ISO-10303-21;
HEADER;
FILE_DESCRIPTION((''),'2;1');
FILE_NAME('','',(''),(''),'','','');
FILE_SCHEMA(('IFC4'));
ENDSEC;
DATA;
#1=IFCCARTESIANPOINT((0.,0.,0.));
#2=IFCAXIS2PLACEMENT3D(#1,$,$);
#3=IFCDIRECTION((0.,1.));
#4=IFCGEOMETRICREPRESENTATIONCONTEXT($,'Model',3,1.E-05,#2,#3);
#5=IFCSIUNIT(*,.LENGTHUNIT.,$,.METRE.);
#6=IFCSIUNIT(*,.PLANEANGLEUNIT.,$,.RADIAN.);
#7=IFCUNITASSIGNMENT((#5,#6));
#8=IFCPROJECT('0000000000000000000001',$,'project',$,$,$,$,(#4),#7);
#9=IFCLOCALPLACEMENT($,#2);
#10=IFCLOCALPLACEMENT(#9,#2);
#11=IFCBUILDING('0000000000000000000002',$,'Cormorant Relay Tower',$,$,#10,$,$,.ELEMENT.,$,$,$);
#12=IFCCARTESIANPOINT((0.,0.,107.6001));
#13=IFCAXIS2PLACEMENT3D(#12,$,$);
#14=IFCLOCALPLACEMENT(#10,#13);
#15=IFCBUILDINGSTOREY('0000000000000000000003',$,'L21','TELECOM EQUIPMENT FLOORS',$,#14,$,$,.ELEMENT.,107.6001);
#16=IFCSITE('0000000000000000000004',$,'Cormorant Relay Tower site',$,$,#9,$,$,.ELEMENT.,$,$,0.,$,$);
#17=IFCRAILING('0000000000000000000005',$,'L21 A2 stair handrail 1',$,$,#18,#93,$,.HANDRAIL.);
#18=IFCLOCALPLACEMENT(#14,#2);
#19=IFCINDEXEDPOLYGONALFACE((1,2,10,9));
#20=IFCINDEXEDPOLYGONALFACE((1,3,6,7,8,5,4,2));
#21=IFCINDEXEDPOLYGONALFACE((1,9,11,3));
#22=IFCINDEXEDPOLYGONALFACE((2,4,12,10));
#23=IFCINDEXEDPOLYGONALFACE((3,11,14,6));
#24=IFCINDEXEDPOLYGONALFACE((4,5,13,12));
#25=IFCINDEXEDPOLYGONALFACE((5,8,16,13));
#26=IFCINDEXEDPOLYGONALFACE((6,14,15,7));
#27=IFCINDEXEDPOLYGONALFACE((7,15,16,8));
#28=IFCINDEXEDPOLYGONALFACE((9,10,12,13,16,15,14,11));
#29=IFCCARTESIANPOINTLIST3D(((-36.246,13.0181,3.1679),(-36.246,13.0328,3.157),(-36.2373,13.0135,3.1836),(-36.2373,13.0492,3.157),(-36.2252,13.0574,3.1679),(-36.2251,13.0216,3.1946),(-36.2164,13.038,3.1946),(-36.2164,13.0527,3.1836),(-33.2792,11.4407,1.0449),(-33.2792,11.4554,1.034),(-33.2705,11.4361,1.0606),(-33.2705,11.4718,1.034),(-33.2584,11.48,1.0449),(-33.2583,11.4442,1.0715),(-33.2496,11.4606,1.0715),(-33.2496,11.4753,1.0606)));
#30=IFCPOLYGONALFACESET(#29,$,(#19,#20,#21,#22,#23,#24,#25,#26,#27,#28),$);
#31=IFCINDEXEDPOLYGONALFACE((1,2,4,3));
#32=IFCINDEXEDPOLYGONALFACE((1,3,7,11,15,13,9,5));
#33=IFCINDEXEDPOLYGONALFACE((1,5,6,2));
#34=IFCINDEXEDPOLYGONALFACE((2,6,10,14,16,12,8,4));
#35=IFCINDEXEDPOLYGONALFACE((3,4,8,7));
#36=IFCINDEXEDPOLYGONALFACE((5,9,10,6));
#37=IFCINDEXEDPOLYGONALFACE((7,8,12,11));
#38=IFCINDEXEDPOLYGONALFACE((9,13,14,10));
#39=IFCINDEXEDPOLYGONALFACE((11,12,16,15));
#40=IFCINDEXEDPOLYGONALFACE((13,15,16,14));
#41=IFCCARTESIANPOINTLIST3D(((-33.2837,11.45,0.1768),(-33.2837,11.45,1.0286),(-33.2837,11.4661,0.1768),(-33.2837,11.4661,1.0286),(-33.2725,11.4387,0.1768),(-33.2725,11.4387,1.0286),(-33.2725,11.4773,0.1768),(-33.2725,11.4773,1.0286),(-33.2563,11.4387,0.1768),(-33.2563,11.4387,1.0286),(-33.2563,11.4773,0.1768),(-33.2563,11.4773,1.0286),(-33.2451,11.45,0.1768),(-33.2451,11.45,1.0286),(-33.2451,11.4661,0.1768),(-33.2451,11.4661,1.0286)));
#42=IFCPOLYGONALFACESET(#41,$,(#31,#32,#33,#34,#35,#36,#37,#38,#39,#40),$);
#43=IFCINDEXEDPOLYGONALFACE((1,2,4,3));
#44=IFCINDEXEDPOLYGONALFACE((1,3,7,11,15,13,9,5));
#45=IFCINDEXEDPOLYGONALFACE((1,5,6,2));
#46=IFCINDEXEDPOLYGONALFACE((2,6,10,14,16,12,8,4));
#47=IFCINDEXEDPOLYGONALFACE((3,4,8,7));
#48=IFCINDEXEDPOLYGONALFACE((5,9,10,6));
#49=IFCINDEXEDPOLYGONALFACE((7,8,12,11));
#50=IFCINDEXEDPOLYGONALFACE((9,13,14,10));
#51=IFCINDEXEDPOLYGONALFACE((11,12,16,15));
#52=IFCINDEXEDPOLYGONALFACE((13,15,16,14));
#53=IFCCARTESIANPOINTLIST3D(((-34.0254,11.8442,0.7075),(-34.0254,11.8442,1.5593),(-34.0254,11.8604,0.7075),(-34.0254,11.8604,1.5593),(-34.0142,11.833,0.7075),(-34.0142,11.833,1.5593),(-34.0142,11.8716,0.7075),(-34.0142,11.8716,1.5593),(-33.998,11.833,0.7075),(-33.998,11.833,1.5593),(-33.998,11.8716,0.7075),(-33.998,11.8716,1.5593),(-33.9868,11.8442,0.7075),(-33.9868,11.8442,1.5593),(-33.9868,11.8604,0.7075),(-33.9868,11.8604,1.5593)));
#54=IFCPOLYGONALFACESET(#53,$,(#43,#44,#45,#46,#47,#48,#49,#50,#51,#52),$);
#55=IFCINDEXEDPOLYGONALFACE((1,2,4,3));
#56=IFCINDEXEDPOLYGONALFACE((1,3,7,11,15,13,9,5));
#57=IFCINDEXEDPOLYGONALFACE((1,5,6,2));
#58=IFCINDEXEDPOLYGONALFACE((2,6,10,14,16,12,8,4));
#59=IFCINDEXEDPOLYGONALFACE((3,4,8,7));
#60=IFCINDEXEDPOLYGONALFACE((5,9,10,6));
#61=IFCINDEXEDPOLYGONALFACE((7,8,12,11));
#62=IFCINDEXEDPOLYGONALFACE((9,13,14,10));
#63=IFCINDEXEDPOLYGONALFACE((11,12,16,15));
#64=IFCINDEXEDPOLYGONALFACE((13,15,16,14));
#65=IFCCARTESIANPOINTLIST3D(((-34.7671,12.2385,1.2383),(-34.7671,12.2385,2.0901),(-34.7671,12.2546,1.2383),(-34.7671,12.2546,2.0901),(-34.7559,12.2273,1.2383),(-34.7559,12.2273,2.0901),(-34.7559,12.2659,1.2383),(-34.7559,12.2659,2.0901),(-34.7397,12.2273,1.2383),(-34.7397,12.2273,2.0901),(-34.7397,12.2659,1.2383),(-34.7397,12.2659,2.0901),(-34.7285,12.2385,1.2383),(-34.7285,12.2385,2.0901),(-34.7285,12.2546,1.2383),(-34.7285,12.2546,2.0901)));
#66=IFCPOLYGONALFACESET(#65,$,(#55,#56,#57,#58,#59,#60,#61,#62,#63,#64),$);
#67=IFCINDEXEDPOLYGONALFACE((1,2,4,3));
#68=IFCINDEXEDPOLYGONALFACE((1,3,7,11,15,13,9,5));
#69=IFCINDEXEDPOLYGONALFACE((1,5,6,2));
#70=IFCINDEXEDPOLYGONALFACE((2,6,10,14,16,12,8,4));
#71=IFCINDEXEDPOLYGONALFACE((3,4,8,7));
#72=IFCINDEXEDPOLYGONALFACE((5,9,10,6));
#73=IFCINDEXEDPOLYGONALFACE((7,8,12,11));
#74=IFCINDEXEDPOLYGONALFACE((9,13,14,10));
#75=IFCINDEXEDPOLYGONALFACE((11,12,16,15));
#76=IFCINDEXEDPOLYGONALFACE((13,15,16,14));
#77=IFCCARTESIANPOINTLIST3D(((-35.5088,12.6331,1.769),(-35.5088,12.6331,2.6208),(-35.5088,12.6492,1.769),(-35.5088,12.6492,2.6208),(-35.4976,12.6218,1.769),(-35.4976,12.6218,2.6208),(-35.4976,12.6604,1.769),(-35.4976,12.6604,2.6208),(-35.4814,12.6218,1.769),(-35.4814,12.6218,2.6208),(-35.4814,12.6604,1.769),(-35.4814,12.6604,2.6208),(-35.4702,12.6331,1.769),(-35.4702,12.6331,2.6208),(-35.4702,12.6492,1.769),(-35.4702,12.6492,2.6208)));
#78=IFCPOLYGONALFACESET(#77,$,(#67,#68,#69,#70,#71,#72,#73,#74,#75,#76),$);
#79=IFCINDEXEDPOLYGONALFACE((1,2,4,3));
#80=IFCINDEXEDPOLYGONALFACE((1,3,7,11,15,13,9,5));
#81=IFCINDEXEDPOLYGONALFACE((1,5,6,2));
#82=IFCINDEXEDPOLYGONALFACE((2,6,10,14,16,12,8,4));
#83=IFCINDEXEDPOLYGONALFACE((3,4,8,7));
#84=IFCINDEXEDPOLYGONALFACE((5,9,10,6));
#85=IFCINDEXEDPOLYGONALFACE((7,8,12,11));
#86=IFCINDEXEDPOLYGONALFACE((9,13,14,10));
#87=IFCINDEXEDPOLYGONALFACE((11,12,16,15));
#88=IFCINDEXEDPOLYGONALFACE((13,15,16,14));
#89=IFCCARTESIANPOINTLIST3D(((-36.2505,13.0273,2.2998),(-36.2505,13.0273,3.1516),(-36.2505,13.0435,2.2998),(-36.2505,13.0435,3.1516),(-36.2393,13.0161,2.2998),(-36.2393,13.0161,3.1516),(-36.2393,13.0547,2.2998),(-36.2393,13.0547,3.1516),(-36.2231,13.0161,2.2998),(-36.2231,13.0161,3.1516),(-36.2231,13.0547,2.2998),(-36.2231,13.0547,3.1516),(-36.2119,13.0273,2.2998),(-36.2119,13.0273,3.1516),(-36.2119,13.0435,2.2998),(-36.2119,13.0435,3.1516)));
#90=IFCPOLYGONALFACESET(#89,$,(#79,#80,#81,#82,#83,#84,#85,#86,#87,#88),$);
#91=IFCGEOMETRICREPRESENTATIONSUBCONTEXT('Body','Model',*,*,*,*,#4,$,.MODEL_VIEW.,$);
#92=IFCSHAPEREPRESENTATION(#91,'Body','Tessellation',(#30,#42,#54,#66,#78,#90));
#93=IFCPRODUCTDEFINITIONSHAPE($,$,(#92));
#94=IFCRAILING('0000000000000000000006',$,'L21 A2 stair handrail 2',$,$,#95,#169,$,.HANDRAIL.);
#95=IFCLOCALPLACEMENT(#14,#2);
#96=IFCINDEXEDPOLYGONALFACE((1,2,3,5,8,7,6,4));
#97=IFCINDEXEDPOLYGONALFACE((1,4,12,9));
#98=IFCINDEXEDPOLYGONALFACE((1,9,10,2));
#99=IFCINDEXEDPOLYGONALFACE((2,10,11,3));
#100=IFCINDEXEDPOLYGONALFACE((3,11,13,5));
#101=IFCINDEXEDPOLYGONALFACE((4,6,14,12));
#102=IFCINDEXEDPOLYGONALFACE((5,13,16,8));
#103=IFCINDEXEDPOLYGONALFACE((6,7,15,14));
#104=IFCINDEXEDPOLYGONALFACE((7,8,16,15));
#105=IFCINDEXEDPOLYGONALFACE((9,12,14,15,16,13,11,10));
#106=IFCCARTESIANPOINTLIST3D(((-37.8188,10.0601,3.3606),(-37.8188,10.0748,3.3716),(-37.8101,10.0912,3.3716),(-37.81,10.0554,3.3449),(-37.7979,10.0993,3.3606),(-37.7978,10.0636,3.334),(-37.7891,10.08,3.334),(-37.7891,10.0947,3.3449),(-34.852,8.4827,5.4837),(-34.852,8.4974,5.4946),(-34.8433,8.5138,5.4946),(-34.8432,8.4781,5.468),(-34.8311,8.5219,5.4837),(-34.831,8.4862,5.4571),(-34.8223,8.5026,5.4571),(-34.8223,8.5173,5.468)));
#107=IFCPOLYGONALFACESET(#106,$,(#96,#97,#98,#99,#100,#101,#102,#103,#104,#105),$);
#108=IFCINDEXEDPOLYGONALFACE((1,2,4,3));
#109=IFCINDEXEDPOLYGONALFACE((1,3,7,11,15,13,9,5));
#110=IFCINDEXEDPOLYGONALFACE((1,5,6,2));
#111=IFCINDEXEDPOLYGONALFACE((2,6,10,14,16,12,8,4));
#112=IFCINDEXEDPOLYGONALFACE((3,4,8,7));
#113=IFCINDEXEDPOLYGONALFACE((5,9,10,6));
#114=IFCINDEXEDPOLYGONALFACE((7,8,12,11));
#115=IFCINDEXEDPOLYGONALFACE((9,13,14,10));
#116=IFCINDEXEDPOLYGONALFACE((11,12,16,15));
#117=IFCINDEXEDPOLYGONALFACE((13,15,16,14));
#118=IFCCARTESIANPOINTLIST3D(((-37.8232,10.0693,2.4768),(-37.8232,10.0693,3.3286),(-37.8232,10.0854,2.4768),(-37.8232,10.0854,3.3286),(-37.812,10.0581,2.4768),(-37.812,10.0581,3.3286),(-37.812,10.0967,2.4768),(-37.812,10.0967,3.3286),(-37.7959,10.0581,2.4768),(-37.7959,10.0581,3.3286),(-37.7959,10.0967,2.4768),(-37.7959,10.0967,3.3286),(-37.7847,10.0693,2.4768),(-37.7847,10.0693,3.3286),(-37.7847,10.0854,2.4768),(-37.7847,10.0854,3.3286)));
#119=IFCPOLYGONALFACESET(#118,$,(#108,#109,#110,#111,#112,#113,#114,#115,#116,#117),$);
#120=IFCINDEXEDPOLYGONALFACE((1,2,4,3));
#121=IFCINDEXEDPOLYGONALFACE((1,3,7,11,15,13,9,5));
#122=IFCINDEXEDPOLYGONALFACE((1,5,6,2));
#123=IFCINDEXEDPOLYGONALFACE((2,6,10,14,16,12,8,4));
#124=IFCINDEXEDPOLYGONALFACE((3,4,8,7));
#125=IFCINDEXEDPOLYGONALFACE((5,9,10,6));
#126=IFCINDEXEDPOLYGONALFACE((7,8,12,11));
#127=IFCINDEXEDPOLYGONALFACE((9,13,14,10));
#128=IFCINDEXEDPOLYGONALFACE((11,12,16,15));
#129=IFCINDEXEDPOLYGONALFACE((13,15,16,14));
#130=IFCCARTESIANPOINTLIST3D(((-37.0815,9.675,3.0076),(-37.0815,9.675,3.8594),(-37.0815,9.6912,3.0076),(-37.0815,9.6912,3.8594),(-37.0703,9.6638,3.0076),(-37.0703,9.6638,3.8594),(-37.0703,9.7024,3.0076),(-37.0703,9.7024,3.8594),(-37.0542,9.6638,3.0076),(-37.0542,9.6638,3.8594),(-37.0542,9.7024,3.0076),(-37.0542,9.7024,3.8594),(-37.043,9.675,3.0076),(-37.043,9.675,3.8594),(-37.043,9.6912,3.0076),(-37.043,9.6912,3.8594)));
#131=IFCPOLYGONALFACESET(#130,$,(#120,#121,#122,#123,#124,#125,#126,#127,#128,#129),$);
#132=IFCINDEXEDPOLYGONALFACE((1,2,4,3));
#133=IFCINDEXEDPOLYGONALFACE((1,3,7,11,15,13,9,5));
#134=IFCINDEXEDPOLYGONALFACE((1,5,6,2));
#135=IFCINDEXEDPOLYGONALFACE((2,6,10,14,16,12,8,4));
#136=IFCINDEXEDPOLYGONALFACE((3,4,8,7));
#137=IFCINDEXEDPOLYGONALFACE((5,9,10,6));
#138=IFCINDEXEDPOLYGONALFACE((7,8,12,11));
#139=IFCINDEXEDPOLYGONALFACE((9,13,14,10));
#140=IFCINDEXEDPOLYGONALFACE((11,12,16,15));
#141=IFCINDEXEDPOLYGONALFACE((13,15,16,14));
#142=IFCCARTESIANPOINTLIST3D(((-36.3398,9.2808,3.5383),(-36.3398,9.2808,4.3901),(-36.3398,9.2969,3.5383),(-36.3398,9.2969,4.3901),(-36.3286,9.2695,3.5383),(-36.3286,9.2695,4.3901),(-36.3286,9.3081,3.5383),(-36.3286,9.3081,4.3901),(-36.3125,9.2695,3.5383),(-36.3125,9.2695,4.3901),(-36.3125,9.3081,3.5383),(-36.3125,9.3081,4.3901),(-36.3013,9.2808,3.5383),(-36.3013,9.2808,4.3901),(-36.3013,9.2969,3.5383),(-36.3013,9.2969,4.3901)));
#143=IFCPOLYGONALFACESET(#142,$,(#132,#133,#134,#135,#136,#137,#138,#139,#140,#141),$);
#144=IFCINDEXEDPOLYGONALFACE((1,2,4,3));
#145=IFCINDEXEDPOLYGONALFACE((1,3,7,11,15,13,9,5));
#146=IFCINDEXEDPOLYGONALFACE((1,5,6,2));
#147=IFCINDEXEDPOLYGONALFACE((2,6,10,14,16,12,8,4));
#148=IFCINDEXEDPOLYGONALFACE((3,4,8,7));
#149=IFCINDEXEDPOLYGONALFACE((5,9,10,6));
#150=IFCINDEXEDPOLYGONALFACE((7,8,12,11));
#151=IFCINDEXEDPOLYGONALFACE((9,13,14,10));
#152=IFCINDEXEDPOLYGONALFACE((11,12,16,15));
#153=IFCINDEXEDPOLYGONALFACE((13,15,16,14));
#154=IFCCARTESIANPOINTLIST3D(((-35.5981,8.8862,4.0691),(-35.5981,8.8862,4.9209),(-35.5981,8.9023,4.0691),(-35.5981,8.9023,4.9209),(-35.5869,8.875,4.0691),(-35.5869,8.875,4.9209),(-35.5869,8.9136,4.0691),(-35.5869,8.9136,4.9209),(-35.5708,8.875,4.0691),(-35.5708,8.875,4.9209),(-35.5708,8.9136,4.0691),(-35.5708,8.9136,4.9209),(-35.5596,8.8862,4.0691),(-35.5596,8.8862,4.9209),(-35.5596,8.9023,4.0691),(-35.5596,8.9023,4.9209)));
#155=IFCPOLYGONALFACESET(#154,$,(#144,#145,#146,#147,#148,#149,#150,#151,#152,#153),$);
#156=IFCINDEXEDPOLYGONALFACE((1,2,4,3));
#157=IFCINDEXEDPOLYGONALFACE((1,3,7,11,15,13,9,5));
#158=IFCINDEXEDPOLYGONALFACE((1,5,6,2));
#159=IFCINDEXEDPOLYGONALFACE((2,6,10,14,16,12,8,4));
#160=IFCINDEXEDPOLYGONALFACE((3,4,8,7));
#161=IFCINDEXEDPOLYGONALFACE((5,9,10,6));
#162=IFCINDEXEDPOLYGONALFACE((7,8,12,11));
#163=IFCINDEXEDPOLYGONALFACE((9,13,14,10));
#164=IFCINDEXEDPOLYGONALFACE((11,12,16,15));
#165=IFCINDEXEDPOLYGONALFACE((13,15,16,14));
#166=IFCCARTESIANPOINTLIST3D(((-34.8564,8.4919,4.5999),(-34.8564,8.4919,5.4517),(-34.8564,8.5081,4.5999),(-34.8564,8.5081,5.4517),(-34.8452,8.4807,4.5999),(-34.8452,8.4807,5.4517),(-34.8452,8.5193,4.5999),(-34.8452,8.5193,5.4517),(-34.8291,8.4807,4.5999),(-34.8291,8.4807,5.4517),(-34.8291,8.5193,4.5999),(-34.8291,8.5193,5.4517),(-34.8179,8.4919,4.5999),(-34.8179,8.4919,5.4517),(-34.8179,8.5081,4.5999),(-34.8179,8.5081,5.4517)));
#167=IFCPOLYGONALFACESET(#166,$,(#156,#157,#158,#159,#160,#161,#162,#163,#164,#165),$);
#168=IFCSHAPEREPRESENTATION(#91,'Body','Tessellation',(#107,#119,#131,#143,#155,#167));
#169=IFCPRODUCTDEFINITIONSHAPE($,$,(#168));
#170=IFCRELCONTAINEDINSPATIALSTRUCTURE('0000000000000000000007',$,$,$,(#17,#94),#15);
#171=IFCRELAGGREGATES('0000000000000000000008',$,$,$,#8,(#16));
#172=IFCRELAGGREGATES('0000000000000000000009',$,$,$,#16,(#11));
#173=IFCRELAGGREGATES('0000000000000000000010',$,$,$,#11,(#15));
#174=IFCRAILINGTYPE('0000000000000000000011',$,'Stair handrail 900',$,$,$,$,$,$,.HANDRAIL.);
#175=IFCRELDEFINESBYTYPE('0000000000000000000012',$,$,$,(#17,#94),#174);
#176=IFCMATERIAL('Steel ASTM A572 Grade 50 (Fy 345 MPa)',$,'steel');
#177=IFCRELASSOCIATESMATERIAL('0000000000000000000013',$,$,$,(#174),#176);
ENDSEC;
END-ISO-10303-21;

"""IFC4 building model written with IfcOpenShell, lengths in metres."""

from ifc_helpers import new_model, si_unit, direction, frame, origin, place, context, subcontext, project, spatial, polyline, outline, extrude, material, type_object, element, save


model = new_model("IFC4")

# Units and contexts
model_context = context("Model", 3, precision=1e-05, world=origin(), true_north=direction((0.0, 1.0)))
body_context = subcontext(model_context, "Body", "Model", "MODEL_VIEW")
ifc_project = project(units=[si_unit("LENGTHUNIT", "METRE"), si_unit("PLANEANGLEUNIT", "RADIAN")], contexts=[model_context])

# Site, building, storey
site_placement = place(None, origin())
site = spatial("IfcSite", under=ifc_project, at=site_placement, Name="Cormorant Relay Tower site", CompositionType="ELEMENT", RefElevation=0.0)
building_placement = place(site_placement, origin())
building = spatial("IfcBuilding", under=site, at=building_placement, Name="Cormorant Relay Tower", CompositionType="ELEMENT")
storey_placement = place(building_placement, frame((0.0, 0.0, 107.6001)))
storey = spatial("IfcBuildingStorey", under=building, at=storey_placement, Name="L21", Description="TELECOM EQUIPMENT FLOORS", CompositionType="ELEMENT", Elevation=107.6001)

# Railings
ifc_material_1 = material(Name="Steel ASTM A572 Grade 50 (Fy 345 MPa)", Category="steel")
railing_type_1 = type_object("IfcRailingType", Name="Stair handrail 900", PredefinedType="HANDRAIL", material=ifc_material_1)
railing_1_placement = place(storey_placement, frame((-33.2644, 11.458, 0.1768)))
element("IfcRailing", 1, at=railing_1_placement, inside=storey, type_object=railing_type_1, Name="L21 A2 stair handrail 1", PredefinedType="HANDRAIL", context=body_context, shape_type="SweptSolid", body=[
    extrude(outline(polyline([(0.0222, 0.0093), (0.0093, 0.0222), (-0.0093, 0.0222), (-0.0222, 0.0093), (-0.0222, -0.0093), (-0.0093, -0.0222), (0.0093, -0.0222), (0.0222, -0.0093), (0.0222, 0.0093)])), frame((0.0, 0.0, 0.876), z_axis=(-0.746441, 0.396869, 0.534155), x_axis=(-0.469453, -0.882958, 0.0)), (0.0, 0.0, 1.0), 3.9746),
    extrude(outline(polyline([(0.0193, 0.0081), (0.0081, 0.0193), (-0.0081, 0.0193), (-0.0193, 0.0081), (-0.0193, -0.0081), (-0.0081, -0.0193), (0.0081, -0.0193), (0.0193, -0.0081), (0.0193, 0.0081)])), origin(), (0.0, 0.0, 1.0), 0.8518),
    extrude(outline(polyline([(0.0193, 0.0081), (0.0081, 0.0193), (-0.0081, 0.0193), (-0.0193, 0.0081), (-0.0193, -0.0081), (-0.0081, -0.0193), (0.0081, -0.0193), (0.0193, -0.0081), (0.0193, 0.0081)])), frame((-0.7417, 0.3943, 0.5308)), (0.0, 0.0, 1.0), 0.8518),
    extrude(outline(polyline([(0.0193, 0.0081), (0.0081, 0.0193), (-0.0081, 0.0193), (-0.0193, 0.0081), (-0.0193, -0.0081), (-0.0081, -0.0193), (0.0081, -0.0193), (0.0193, -0.0081), (0.0193, 0.0081)])), frame((-1.4834, 0.7886, 1.0615)), (0.0, 0.0, 1.0), 0.8518),
    extrude(outline(polyline([(0.0193, 0.0081), (0.0081, 0.0193), (-0.0081, 0.0193), (-0.0193, 0.0081), (-0.0193, -0.0081), (-0.0081, -0.0193), (0.0081, -0.0193), (0.0193, -0.0081), (0.0193, 0.0081)])), frame((-2.2251, 1.1831, 1.5923)), (0.0, 0.0, 1.0), 0.8518),
    extrude(outline(polyline([(0.0193, 0.0081), (0.0081, 0.0193), (-0.0081, 0.0193), (-0.0193, 0.0081), (-0.0193, -0.0081), (-0.0081, -0.0193), (0.0081, -0.0193), (0.0193, -0.0081), (0.0193, 0.0081)])), frame((-2.9668, 1.5774, 2.123)), (0.0, 0.0, 1.0), 0.8518),
])
railing_2_placement = place(storey_placement, frame((-37.804, 10.0774, 2.4768)))
element("IfcRailing", 2, at=railing_2_placement, inside=storey, type_object=railing_type_1, Name="L21 A2 stair handrail 2", PredefinedType="HANDRAIL", context=body_context, shape_type="SweptSolid", body=[
    extrude(outline(polyline([(0.0222, 0.0093), (0.0093, 0.0222), (-0.0093, 0.0222), (-0.0222, 0.0093), (-0.0222, -0.0093), (-0.0093, -0.0222), (0.0093, -0.0222), (0.0222, -0.0093), (0.0222, 0.0093)])), frame((0.0, 0.0, 0.876), z_axis=(0.746441, -0.396869, 0.534155), x_axis=(0.469453, 0.882958, 0.0)), (0.0, 0.0, 1.0), 3.9746),
    extrude(outline(polyline([(0.0193, 0.0081), (0.0081, 0.0193), (-0.0081, 0.0193), (-0.0193, 0.0081), (-0.0193, -0.0081), (-0.0081, -0.0193), (0.0081, -0.0193), (0.0193, -0.0081), (0.0193, 0.0081)])), origin(), (0.0, 0.0, 1.0), 0.8518),
    extrude(outline(polyline([(0.0193, 0.0081), (0.0081, 0.0193), (-0.0081, 0.0193), (-0.0193, 0.0081), (-0.0193, -0.0081), (-0.0081, -0.0193), (0.0081, -0.0193), (0.0193, -0.0081), (0.0193, 0.0081)])), frame((0.7417, -0.3943, 0.5308)), (0.0, 0.0, 1.0), 0.8518),
    extrude(outline(polyline([(0.0193, 0.0081), (0.0081, 0.0193), (-0.0081, 0.0193), (-0.0193, 0.0081), (-0.0193, -0.0081), (-0.0081, -0.0193), (0.0081, -0.0193), (0.0193, -0.0081), (0.0193, 0.0081)])), frame((1.4834, -0.7886, 1.0615)), (0.0, 0.0, 1.0), 0.8518),
    extrude(outline(polyline([(0.0193, 0.0081), (0.0081, 0.0193), (-0.0081, 0.0193), (-0.0193, 0.0081), (-0.0193, -0.0081), (-0.0081, -0.0193), (0.0081, -0.0193), (0.0193, -0.0081), (0.0193, 0.0081)])), frame((2.2251, -1.1831, 1.5923)), (0.0, 0.0, 1.0), 0.8518),
    extrude(outline(polyline([(0.0193, 0.0081), (0.0081, 0.0193), (-0.0081, 0.0193), (-0.0193, 0.0081), (-0.0193, -0.0081), (-0.0081, -0.0193), (0.0081, -0.0193), (0.0193, -0.0081), (0.0193, 0.0081)])), frame((2.9668, -1.5774, 2.123)), (0.0, 0.0, 1.0), 0.8518),
])

save(model, "model.ifc")
